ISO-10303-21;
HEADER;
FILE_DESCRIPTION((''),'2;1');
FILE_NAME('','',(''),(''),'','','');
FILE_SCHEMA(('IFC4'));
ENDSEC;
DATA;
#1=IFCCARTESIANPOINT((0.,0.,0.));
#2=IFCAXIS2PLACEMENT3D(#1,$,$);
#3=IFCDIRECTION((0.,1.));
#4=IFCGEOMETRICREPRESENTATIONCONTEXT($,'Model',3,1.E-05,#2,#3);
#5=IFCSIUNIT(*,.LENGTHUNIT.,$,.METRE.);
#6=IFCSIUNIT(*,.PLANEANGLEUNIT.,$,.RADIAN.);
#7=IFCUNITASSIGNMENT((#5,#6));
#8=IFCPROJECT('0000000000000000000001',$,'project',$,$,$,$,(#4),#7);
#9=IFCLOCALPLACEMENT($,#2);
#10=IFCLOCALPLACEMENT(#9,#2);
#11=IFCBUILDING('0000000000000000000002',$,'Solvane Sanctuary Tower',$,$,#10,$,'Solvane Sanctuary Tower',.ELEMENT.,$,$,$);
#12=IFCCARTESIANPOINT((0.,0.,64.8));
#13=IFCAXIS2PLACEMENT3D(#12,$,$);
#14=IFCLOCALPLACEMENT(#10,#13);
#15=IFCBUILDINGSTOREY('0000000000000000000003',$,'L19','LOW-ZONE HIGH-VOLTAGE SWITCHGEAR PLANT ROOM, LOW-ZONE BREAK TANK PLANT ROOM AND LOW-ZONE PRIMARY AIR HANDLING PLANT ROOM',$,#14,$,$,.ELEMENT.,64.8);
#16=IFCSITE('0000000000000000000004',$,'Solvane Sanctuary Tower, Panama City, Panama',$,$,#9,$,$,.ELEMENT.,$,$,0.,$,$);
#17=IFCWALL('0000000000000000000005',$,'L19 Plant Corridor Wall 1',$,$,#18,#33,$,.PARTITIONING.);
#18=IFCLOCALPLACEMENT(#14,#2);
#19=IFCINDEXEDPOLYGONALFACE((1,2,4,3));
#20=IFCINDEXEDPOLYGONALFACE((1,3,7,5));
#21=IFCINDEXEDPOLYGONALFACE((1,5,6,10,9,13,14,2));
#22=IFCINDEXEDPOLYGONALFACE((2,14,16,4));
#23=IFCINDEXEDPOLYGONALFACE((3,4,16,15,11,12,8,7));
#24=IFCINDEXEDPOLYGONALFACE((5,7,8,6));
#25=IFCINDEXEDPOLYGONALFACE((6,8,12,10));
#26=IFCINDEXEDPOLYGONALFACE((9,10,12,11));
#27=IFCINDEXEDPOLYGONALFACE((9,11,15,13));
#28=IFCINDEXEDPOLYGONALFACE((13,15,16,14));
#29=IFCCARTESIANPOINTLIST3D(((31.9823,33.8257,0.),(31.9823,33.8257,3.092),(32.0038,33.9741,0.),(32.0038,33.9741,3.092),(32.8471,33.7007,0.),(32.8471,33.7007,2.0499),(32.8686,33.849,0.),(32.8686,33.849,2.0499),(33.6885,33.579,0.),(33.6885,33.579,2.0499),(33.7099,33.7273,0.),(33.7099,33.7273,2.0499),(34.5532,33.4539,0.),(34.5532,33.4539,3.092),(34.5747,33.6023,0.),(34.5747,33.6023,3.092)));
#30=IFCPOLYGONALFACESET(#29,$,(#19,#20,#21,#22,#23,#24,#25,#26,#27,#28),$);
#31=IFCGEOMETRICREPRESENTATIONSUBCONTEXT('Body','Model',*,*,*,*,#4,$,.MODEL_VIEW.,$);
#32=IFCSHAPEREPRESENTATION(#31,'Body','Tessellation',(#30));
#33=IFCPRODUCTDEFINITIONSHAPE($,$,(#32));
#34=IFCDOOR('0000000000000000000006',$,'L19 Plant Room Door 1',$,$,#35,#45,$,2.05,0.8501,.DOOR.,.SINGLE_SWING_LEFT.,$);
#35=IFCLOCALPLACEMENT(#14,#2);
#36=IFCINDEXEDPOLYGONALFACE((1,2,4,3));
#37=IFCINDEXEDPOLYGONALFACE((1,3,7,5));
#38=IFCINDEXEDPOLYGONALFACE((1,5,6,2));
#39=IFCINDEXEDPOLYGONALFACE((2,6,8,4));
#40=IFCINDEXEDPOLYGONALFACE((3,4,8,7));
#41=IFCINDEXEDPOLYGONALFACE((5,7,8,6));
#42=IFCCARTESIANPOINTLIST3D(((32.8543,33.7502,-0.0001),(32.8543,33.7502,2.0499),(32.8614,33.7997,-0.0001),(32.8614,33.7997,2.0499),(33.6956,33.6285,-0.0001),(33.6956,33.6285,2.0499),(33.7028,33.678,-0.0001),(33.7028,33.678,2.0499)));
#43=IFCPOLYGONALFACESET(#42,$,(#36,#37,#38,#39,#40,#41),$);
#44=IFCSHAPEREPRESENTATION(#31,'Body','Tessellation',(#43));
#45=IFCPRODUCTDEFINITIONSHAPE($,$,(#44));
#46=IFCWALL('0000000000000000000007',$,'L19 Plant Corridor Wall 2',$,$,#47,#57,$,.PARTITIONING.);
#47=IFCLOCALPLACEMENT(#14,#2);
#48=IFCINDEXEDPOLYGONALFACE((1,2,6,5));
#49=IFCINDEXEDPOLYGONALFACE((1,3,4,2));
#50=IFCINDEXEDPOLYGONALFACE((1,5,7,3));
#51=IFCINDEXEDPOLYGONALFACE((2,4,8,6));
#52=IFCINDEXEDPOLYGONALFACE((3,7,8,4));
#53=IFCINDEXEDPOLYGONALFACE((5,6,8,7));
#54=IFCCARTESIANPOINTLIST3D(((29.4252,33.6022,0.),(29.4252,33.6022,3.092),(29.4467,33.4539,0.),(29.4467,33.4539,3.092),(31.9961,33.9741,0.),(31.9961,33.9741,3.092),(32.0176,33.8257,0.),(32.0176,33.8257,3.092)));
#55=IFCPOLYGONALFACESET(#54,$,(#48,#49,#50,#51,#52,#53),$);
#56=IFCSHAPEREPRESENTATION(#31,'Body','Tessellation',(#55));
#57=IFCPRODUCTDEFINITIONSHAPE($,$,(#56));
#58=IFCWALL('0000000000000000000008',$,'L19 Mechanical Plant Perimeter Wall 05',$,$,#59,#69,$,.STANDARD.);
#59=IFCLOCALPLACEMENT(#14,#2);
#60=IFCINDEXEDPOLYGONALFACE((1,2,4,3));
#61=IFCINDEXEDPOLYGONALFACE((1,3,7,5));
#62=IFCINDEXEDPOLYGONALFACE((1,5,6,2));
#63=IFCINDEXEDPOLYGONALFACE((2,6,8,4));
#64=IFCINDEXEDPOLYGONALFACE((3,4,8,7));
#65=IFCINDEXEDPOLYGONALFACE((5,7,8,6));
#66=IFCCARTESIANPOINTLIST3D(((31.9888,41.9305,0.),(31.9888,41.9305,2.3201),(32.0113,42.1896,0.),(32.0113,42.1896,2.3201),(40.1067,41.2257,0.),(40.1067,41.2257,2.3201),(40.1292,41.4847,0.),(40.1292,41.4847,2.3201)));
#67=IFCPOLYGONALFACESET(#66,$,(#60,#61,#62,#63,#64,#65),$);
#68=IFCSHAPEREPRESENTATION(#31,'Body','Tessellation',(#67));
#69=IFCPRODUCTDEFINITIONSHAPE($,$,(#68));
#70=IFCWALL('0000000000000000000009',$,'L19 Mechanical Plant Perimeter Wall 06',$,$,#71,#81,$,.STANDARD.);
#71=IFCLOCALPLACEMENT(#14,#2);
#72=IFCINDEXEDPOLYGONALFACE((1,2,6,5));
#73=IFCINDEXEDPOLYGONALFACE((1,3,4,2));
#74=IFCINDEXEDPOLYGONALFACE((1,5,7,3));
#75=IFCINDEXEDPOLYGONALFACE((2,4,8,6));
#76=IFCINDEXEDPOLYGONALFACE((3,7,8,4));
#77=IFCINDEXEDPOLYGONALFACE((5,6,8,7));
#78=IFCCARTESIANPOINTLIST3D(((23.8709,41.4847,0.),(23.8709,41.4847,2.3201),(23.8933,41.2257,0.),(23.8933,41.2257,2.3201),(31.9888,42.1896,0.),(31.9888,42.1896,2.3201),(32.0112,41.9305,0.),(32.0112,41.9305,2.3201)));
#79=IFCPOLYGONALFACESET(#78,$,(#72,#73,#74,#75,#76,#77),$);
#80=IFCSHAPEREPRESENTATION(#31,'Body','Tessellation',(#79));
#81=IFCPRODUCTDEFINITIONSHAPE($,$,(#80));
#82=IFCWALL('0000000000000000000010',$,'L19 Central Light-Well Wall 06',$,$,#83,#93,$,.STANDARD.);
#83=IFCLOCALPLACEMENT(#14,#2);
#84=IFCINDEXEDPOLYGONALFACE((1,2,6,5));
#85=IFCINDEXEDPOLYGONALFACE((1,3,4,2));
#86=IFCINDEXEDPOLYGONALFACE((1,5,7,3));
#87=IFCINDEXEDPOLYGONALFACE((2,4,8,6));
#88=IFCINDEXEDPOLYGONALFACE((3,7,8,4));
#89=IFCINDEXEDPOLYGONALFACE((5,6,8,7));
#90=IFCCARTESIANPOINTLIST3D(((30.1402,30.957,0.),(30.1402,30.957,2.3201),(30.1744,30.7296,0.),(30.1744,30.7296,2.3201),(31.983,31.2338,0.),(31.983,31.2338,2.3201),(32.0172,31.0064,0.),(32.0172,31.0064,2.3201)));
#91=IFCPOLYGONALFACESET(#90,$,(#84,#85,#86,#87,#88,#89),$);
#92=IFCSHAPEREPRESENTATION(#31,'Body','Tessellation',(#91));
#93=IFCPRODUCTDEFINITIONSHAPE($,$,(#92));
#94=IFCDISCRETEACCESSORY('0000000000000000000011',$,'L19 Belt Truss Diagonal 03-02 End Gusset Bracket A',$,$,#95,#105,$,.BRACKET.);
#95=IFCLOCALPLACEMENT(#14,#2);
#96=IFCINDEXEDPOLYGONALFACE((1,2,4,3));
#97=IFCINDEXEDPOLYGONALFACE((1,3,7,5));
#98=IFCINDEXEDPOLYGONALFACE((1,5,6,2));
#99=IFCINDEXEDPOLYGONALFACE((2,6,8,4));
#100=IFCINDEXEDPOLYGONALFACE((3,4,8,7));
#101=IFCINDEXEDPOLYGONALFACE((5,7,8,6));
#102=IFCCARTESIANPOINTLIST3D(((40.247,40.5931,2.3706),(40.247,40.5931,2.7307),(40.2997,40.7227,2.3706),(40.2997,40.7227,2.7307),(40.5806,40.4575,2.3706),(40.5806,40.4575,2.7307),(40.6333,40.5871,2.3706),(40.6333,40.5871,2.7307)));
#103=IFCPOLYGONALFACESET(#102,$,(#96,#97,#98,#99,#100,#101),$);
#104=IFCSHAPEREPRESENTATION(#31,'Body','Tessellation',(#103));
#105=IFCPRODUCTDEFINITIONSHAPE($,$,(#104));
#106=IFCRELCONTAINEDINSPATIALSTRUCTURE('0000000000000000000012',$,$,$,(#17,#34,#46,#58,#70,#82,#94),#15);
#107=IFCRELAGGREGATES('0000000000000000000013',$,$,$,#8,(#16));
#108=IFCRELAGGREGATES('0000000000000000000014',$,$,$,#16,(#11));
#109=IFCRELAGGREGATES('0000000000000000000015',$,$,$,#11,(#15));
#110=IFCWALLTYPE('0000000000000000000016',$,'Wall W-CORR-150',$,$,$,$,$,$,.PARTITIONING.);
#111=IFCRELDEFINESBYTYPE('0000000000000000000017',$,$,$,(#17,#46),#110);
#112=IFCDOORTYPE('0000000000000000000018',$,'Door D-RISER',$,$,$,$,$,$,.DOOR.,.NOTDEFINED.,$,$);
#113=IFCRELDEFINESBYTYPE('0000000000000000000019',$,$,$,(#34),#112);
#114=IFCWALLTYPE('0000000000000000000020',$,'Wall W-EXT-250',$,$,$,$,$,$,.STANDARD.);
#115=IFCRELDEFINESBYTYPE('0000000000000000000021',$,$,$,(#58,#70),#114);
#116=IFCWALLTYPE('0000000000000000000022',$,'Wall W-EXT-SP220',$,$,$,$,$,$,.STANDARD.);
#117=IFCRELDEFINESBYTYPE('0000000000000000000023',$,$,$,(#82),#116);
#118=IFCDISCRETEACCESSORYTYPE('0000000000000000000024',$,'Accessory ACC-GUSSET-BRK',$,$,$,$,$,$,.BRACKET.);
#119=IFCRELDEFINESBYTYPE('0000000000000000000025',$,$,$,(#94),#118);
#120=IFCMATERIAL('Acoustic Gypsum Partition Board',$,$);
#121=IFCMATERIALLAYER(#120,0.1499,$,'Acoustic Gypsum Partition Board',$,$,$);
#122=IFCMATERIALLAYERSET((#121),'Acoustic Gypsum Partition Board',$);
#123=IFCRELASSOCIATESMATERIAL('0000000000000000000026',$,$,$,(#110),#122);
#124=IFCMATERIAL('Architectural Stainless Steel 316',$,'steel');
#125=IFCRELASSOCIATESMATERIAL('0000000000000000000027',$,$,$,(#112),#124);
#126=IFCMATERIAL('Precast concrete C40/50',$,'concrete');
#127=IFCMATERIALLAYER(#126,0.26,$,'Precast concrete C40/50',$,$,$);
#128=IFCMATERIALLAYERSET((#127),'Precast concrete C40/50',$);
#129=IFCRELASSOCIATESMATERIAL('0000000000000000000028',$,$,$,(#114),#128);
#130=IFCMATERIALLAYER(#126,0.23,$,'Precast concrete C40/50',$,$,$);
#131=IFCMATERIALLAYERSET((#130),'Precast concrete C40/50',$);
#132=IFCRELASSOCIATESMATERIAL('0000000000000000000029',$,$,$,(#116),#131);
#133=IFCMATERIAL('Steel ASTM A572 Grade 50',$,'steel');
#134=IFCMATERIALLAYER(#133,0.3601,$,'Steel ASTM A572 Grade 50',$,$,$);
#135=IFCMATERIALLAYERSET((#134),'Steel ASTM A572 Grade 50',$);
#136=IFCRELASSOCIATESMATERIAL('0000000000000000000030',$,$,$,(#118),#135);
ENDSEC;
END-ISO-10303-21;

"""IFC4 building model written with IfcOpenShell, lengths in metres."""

from ifc_helpers import new_model, si_unit, direction, frame, frame_2d, origin, origin_2d, place, context, subcontext, project, spatial, rectangle, extrude, material, layer, layer_set, type_object, element, fill, save


model = new_model("IFC4")

# Units and contexts
model_context = context("Model", 3, precision=1e-05, world=origin(), true_north=direction((0.0, 1.0)))
body_context = subcontext(model_context, "Body", "Model", "MODEL_VIEW")
ifc_project = project(units=[si_unit("LENGTHUNIT", "METRE"), si_unit("PLANEANGLEUNIT", "RADIAN")], contexts=[model_context])

# Site, building, storey
site_placement = place(None, origin())
site = spatial("IfcSite", under=ifc_project, at=site_placement, Name="Solvane Sanctuary Tower, Panama City, Panama", CompositionType="ELEMENT", RefElevation=0.0)
building_placement = place(site_placement, origin())
building = spatial("IfcBuilding", under=site, at=building_placement, Name="Solvane Sanctuary Tower", LongName="Solvane Sanctuary Tower", CompositionType="ELEMENT")
storey_placement = place(building_placement, frame((0.0, 0.0, 64.8)))
storey = spatial("IfcBuildingStorey", under=building, at=storey_placement, Name="L19", Description="LOW-ZONE HIGH-VOLTAGE SWITCHGEAR PLANT ROOM, LOW-ZONE BREAK TANK PLANT ROOM AND LOW-ZONE PRIMARY AIR HANDLING PLANT ROOM", CompositionType="ELEMENT", Elevation=64.8)

# Shared definitions
ifc_material_1 = material(Name="Acoustic Gypsum Partition Board")
ifc_layer_1 = layer(ifc_material_1, 0.1499, Name="Acoustic Gypsum Partition Board")
ifc_layer_set_1 = layer_set([ifc_layer_1], Name="Acoustic Gypsum Partition Board")
wall_type_1 = type_object("IfcWallType", Name="Wall W-CORR-150", PredefinedType="PARTITIONING", material=ifc_layer_set_1)

# Wall, opening, door
wall_1_placement = place(storey_placement, frame((34.564, 33.5281, 0.0), z_axis=(0.0, 0.0, 1.0), x_axis=(-0.989702, 0.143145, 0.0)))
wall_1 = element("IfcWall", 1, at=wall_1_placement, inside=storey, type_object=wall_type_1, Name="L19 Plant Corridor Wall 1", PredefinedType="PARTITIONING", context=body_context, shape_type="SweptSolid", body=[
    extrude(rectangle(XDim=2.5977, YDim=0.1499, at=frame_2d((1.2988, 0.0))), origin(), (0.0, 0.0, 1.0), 3.092),
])
opening_placement = place(wall_1_placement, frame((0.8738, 0.0, 0.0)))
opening = element("IfcOpeningElement", 2, at=opening_placement, cuts=wall_1, PredefinedType="OPENING", context=body_context, shape_type="SweptSolid", body=[
    extrude(rectangle(XDim=0.8501, YDim=2.05, at=frame_2d((0.425, 1.0249))), frame((0.0, 0.085, 0.0), z_axis=(0.0, -1.0, 0.0), x_axis=(1.0, 0.0, 0.0)), (0.0, 0.0, 1.0), 0.1699),
])
ifc_material_2 = material(Name="Architectural Stainless Steel 316", Category="steel")
door_type = type_object("IfcDoorType", Name="Door D-RISER", OperationType="NOTDEFINED", PredefinedType="DOOR", material=ifc_material_2)
door_placement = place(opening_placement, origin())
door = element("IfcDoor", 3, at=door_placement, inside=storey, type_object=door_type, Name="L19 Plant Room Door 1", OperationType="SINGLE_SWING_LEFT", OverallHeight=2.05, OverallWidth=0.8501, PredefinedType="DOOR", context=body_context, shape_type="SweptSolid", body=[
    extrude(rectangle(XDim=0.8501, YDim=2.05, at=frame_2d((0.425, 1.0249))), frame((0.0, 0.0249, 0.0), z_axis=(0.0, -1.0, 0.0), x_axis=(1.0, 0.0, 0.0)), (0.0, 0.0, 1.0), 0.05),
])
fill(opening, door)

# Walls
wall_2_placement = place(storey_placement, frame((32.0068, 33.8999, 0.0), z_axis=(0.0, 0.0, 1.0), x_axis=(-0.989702, -0.143145, 0.0)))
element("IfcWall", 4, at=wall_2_placement, inside=storey, type_object=wall_type_1, Name="L19 Plant Corridor Wall 2", PredefinedType="PARTITIONING", context=body_context, shape_type="SweptSolid", body=[
    extrude(rectangle(XDim=2.5977, YDim=0.1499, at=frame_2d((1.2988, 0.0))), origin(), (0.0, 0.0, 1.0), 3.092),
])
ifc_material_3 = material(Name="Precast concrete C40/50", Category="concrete")
ifc_layer_2 = layer(ifc_material_3, 0.26, Name="Precast concrete C40/50")
ifc_layer_set_2 = layer_set([ifc_layer_2], Name="Precast concrete C40/50")
wall_type_2 = type_object("IfcWallType", Name="Wall W-EXT-250", PredefinedType="STANDARD", material=ifc_layer_set_2)
for number, where, z_axis, x_axis, name in (
    (5, (40.1179, 41.3552, 0.0), (0.0, 0.0, 1.0), (-0.996252, 0.086499, 0.0), "L19 Mechanical Plant Perimeter Wall 05"),
    (6, (32.0, 42.0601, 0.0), (0.0, 0.0, 1.0), (-0.996252, -0.086499, 0.0), "L19 Mechanical Plant Perimeter Wall 06"),
):
    element("IfcWall", number, at=place(storey_placement, frame(where, z_axis=z_axis, x_axis=x_axis)), inside=storey, type_object=wall_type_2, Name=name, PredefinedType="STANDARD", context=body_context, shape_type="SweptSolid", body=[
        extrude(rectangle(XDim=8.1484, YDim=0.26, at=frame_2d((4.0742, 0.0))), origin(), (0.0, 0.0, 1.0), 2.3201),
    ])
ifc_layer_3 = layer(ifc_material_3, 0.23, Name="Precast concrete C40/50")
ifc_layer_set_3 = layer_set([ifc_layer_3], Name="Precast concrete C40/50")
wall_type_3 = type_object("IfcWallType", Name="Wall W-EXT-SP220", PredefinedType="STANDARD", material=ifc_layer_set_3)
wall_3_placement = place(storey_placement, frame((32.0, 31.1201, 0.0), z_axis=(0.0, 0.0, 1.0), x_axis=(-0.988902, -0.148571, 0.0)))
element("IfcWall", 7, at=wall_3_placement, inside=storey, type_object=wall_type_3, Name="L19 Central Light-Well Wall 06", PredefinedType="STANDARD", context=body_context, shape_type="SweptSolid", body=[
    extrude(rectangle(XDim=1.8635, YDim=0.23, at=frame_2d((0.9316, 0.0))), origin(), (0.0, 0.0, 1.0), 2.3201),
])

# Discrete accessory
ifc_material_4 = material(Name="Steel ASTM A572 Grade 50", Category="steel")
ifc_layer_4 = layer(ifc_material_4, 0.3601, Name="Steel ASTM A572 Grade 50")
ifc_layer_set_4 = layer_set([ifc_layer_4], Name="Steel ASTM A572 Grade 50")
discrete_accessory_type = type_object("IfcDiscreteAccessoryType", Name="Accessory ACC-GUSSET-BRK", PredefinedType="BRACKET", material=ifc_layer_set_4)
discrete_accessory_placement = place(storey_placement, frame((40.4402, 40.5901, 2.3706), z_axis=(0.0, 0.0, 1.0), x_axis=(0.926397, -0.376548, 0.0)))
element("IfcDiscreteAccessory", 8, at=discrete_accessory_placement, inside=storey, type_object=discrete_accessory_type, Name="L19 Belt Truss Diagonal 03-02 End Gusset Bracket A", PredefinedType="BRACKET", context=body_context, shape_type="SweptSolid", body=[
    extrude(rectangle(XDim=0.3601, YDim=0.1399, at=origin_2d()), origin(), (0.0, 0.0, 1.0), 0.3601),
])

save(model, "model.ifc")
